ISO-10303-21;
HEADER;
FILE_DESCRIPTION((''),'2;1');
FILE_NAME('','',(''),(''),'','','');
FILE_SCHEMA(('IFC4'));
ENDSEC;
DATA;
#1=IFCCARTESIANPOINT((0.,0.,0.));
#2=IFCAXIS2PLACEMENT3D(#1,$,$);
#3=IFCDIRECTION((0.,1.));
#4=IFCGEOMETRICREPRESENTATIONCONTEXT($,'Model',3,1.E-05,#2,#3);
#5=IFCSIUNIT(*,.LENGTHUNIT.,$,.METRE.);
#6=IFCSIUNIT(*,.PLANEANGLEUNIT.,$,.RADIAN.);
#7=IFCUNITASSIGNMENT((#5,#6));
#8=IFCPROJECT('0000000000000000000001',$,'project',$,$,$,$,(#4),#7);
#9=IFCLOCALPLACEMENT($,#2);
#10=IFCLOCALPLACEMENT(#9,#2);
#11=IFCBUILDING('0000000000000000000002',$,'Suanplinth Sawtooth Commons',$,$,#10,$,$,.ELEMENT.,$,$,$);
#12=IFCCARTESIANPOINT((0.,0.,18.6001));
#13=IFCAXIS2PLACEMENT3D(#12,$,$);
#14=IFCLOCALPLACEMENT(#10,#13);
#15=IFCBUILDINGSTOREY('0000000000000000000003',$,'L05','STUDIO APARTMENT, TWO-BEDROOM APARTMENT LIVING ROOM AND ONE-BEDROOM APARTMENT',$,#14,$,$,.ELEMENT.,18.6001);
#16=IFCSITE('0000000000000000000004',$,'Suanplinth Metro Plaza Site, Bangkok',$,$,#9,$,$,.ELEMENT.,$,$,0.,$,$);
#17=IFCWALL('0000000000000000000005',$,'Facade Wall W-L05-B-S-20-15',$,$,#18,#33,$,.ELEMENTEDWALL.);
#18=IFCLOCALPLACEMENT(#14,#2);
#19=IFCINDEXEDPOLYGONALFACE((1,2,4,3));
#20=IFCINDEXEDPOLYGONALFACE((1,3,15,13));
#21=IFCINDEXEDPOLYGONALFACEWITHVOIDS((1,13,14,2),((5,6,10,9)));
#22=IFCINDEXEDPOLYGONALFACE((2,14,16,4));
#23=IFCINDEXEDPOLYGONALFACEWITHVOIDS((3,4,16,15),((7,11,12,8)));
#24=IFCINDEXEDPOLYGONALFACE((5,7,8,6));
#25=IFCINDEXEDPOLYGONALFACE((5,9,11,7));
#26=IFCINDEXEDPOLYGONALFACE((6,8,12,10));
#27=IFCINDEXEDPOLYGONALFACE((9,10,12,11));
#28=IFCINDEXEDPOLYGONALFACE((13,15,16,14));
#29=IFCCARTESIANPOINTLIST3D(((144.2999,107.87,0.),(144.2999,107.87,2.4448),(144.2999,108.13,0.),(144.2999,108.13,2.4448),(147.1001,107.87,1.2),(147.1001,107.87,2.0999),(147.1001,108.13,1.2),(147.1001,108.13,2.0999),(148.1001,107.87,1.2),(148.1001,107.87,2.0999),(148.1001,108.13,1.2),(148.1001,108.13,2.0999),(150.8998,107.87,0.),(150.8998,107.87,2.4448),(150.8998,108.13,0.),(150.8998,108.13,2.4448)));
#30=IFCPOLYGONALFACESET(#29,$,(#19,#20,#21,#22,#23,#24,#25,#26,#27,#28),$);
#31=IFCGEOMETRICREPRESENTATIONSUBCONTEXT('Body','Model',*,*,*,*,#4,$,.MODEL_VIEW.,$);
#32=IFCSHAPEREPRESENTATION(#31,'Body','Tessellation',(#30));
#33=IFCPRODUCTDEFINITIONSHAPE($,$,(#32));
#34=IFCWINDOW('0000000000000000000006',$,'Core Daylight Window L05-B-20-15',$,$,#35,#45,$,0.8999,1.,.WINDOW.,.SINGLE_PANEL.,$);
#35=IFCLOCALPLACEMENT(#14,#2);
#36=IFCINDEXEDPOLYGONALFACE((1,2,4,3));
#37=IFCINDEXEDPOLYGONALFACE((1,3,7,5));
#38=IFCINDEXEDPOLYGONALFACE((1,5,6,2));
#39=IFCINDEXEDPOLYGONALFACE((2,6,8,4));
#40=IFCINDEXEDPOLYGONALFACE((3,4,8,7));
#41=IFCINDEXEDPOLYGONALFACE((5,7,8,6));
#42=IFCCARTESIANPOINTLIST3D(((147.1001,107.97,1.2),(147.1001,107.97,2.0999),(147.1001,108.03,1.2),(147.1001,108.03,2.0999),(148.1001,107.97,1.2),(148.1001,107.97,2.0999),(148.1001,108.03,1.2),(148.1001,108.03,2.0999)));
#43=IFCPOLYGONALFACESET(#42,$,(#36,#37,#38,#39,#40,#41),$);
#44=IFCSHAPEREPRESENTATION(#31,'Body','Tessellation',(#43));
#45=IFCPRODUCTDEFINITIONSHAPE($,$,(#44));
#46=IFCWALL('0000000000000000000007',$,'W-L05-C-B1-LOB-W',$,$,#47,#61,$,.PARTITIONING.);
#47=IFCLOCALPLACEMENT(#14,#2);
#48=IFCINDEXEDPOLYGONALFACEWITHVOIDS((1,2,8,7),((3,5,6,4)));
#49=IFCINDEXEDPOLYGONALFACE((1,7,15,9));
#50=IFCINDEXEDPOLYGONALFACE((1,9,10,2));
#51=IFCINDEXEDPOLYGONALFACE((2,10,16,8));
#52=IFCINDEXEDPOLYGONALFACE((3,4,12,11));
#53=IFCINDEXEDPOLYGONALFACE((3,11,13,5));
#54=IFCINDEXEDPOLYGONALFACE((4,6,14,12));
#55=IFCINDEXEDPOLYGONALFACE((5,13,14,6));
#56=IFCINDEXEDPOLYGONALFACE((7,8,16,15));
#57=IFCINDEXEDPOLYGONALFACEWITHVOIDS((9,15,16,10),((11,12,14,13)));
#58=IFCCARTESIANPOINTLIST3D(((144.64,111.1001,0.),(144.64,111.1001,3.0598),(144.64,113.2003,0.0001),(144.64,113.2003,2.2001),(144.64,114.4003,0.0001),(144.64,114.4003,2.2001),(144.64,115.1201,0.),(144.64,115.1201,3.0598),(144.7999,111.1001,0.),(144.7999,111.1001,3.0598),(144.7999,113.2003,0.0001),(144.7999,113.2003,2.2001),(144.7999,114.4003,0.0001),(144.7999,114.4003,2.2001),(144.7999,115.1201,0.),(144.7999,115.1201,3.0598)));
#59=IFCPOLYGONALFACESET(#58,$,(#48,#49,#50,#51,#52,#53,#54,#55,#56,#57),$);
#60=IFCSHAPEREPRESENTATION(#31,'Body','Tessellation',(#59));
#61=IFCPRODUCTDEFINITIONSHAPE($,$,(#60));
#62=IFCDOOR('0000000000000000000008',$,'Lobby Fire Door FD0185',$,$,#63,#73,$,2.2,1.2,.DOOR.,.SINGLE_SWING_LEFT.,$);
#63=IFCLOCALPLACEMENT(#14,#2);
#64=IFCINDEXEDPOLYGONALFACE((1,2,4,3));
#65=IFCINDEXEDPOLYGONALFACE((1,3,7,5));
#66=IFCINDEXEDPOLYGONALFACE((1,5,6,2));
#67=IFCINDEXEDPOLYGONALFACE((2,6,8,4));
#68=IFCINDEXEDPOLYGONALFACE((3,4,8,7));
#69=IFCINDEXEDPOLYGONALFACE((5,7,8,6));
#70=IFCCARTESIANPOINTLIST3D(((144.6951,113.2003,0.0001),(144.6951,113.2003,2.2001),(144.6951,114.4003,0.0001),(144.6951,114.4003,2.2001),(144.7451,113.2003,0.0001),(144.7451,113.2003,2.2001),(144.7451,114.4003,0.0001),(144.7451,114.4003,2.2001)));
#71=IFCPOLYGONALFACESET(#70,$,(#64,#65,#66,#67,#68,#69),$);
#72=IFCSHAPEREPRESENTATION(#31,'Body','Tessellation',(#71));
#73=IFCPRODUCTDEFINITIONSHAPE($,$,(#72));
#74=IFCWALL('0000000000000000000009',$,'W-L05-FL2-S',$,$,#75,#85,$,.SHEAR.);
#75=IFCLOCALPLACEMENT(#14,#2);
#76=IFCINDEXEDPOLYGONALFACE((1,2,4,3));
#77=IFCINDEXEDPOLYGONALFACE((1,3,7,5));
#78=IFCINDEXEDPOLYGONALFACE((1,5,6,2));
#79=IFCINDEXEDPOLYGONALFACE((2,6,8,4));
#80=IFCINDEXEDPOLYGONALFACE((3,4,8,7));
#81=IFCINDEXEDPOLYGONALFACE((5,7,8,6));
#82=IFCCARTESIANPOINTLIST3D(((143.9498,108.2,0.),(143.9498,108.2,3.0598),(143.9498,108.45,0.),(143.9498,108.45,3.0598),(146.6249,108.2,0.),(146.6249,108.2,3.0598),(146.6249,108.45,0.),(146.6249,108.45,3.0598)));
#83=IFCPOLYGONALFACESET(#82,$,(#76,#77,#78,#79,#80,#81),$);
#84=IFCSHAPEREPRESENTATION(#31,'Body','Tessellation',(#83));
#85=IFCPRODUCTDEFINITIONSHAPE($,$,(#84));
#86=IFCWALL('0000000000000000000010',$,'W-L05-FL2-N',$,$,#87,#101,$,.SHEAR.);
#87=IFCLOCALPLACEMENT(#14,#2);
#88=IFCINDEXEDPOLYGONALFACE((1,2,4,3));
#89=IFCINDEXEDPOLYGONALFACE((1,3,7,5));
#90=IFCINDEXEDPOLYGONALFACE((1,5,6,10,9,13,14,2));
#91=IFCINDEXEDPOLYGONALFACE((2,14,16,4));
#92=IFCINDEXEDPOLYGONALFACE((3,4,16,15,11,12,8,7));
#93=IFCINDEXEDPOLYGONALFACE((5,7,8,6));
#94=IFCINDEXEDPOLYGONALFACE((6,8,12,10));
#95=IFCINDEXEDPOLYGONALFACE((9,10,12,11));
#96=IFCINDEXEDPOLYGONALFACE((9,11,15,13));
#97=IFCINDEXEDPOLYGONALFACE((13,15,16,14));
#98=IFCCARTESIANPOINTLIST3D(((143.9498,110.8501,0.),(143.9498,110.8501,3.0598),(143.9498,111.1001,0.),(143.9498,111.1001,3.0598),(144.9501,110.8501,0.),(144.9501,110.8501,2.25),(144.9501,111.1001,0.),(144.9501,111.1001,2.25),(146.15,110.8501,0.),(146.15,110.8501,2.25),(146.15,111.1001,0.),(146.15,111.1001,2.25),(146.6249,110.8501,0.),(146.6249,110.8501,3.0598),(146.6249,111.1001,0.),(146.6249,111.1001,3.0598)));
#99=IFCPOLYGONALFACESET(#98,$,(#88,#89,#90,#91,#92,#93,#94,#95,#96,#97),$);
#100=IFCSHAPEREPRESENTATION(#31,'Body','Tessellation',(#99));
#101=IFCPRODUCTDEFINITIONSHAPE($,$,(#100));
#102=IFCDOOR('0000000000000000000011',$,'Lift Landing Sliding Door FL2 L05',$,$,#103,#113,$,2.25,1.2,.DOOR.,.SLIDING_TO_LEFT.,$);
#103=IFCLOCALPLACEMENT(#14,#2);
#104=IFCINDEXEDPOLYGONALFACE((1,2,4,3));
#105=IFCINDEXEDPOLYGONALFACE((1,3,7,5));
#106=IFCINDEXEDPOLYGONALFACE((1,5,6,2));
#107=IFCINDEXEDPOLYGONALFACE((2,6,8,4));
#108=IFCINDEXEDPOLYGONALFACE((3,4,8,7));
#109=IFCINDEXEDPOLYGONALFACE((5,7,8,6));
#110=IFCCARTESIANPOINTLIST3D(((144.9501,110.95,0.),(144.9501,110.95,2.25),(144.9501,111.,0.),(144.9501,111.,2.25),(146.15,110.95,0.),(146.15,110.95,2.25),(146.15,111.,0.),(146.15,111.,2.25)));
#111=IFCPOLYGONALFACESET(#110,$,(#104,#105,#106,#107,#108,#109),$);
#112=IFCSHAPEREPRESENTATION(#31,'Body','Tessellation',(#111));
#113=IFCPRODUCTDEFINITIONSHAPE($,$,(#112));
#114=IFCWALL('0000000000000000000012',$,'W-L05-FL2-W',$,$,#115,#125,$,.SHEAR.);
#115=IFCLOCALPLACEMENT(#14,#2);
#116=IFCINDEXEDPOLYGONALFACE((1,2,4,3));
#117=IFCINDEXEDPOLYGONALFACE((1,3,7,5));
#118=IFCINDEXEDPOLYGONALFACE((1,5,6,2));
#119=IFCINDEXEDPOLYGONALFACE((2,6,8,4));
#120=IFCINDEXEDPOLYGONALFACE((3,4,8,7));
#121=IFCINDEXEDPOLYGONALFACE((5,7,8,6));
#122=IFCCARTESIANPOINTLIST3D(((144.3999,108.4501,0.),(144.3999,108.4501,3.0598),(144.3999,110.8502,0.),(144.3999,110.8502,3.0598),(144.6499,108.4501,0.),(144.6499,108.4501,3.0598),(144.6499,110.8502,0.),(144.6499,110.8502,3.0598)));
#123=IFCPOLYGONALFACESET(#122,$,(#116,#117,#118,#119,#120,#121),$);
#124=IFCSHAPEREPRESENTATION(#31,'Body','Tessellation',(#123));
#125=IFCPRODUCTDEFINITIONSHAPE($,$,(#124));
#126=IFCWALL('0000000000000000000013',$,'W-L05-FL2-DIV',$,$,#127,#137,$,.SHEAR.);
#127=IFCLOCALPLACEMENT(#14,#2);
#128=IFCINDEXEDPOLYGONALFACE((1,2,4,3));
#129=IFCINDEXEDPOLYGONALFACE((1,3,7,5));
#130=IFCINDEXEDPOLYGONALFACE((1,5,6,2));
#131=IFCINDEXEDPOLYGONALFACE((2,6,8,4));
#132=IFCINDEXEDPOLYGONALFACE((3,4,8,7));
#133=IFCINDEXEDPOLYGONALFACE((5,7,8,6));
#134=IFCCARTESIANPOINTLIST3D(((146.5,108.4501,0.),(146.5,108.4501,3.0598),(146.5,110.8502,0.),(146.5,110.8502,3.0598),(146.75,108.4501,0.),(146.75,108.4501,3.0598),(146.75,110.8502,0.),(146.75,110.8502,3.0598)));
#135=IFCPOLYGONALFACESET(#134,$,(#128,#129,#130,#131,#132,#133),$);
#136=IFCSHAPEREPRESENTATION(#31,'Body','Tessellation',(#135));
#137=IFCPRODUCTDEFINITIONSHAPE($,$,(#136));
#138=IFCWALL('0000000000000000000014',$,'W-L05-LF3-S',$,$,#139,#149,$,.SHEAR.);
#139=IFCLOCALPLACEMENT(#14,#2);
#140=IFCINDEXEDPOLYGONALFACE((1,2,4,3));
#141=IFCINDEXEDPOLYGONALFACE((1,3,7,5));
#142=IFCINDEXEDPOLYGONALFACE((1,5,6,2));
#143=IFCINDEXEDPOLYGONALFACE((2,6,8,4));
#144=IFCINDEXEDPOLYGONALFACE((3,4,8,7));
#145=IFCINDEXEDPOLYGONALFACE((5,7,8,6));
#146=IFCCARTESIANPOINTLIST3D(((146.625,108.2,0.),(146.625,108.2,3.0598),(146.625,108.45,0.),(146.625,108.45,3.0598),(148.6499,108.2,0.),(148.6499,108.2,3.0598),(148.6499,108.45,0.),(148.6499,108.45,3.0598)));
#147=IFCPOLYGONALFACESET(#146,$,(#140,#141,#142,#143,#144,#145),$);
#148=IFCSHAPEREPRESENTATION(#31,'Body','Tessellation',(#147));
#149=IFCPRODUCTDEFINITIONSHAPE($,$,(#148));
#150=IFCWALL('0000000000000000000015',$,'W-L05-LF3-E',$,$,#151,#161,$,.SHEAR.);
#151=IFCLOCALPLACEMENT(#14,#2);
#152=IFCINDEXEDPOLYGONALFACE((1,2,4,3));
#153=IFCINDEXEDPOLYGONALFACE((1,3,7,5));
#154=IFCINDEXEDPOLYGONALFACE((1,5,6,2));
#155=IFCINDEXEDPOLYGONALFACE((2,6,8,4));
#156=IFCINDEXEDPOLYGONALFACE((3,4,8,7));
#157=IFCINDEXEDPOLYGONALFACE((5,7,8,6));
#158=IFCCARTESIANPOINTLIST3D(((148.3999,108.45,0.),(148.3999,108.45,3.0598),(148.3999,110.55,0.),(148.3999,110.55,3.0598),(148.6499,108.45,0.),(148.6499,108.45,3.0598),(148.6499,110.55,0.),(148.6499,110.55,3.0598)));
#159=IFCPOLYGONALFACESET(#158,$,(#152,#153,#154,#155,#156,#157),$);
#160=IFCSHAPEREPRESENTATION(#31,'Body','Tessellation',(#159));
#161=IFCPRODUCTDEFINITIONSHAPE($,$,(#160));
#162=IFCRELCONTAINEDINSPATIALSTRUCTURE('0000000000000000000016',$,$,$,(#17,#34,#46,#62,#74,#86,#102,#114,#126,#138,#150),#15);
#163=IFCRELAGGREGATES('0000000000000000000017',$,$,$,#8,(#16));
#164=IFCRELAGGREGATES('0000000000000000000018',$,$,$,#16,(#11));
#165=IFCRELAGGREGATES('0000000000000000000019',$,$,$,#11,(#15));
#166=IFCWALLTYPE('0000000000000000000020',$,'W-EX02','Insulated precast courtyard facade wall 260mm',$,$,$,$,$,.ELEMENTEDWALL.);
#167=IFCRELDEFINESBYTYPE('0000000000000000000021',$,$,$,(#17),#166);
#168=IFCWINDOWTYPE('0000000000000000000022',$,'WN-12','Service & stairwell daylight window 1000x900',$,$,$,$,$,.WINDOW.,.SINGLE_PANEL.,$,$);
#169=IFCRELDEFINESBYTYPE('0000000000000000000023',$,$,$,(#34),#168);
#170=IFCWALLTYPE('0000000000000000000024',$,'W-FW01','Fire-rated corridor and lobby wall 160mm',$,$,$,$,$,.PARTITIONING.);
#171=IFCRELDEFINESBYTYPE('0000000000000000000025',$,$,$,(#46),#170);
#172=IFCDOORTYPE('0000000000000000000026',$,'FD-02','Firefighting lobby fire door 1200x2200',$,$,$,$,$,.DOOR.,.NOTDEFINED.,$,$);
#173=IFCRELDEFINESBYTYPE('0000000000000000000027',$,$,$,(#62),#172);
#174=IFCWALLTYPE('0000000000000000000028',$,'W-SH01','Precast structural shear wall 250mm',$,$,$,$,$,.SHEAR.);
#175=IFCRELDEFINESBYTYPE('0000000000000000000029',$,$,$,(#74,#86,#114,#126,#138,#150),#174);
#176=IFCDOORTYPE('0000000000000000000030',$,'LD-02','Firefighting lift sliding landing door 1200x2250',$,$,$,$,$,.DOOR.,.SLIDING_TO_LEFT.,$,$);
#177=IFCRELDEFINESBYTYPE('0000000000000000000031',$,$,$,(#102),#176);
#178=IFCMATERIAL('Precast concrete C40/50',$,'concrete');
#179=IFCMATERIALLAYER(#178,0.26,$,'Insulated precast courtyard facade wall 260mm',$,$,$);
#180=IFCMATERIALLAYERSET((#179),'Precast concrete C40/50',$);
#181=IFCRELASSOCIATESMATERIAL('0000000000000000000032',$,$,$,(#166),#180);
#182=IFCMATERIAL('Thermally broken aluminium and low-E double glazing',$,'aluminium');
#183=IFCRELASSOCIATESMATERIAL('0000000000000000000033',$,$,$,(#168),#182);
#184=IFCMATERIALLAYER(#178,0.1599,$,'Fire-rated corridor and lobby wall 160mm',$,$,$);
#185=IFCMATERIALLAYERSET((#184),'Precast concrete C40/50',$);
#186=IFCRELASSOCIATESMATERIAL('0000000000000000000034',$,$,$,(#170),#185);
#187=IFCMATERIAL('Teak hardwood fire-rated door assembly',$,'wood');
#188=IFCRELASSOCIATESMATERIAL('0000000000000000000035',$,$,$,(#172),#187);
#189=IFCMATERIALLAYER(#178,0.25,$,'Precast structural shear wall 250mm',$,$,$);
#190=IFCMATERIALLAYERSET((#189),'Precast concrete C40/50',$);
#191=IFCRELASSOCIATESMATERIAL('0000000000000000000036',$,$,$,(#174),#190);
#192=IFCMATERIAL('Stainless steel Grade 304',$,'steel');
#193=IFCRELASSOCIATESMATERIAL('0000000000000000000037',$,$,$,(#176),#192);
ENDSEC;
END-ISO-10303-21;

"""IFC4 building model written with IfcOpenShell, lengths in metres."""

from ifc_helpers import new_model, si_unit, direction, frame, frame_2d, origin, place, context, subcontext, project, spatial, rectangle, extrude, material, layer, layer_set, type_object, element, fill, save


model = new_model("IFC4")

# Units and contexts
model_context = context("Model", 3, precision=1e-05, world=origin(), true_north=direction((0.0, 1.0)))
body_context = subcontext(model_context, "Body", "Model", "MODEL_VIEW")
ifc_project = project(units=[si_unit("LENGTHUNIT", "METRE"), si_unit("PLANEANGLEUNIT", "RADIAN")], contexts=[model_context])

# Site, building, storey
site_placement = place(None, origin())
site = spatial("IfcSite", under=ifc_project, at=site_placement, Name="Suanplinth Metro Plaza Site, Bangkok", CompositionType="ELEMENT", RefElevation=0.0)
building_placement = place(site_placement, origin())
building = spatial("IfcBuilding", under=site, at=building_placement, Name="Suanplinth Sawtooth Commons", CompositionType="ELEMENT")
storey_placement = place(building_placement, frame((0.0, 0.0, 18.6001)))
storey = spatial("IfcBuildingStorey", under=building, at=storey_placement, Name="L05", Description="STUDIO APARTMENT, TWO-BEDROOM APARTMENT LIVING ROOM AND ONE-BEDROOM APARTMENT", CompositionType="ELEMENT", Elevation=18.6001)

# Shared definitions
ifc_material_1 = material(Name="Precast concrete C40/50", Category="concrete")

# Wall, opening, window
ifc_layer_1 = layer(ifc_material_1, 0.26, Name="Insulated precast courtyard facade wall 260mm")
ifc_layer_set_1 = layer_set([ifc_layer_1], Name="Precast concrete C40/50")
wall_type_1 = type_object("IfcWallType", Name="W-EX02", Description="Insulated precast courtyard facade wall 260mm", PredefinedType="ELEMENTEDWALL", material=ifc_layer_set_1)
wall_1_placement = place(storey_placement, frame((144.3, 108.0, 0.0), z_axis=(0.0, 0.0, 1.0), x_axis=(1.0, 0.0, 0.0)))
wall_1 = element("IfcWall", 1, at=wall_1_placement, inside=storey, type_object=wall_type_1, Name="Facade Wall W-L05-B-S-20-15", PredefinedType="ELEMENTEDWALL", context=body_context, shape_type="SweptSolid", body=[
    extrude(rectangle(XDim=6.5999, YDim=0.26, at=frame_2d((3.2998, 0.0))), origin(), (0.0, 0.0, 1.0), 2.4448),
])
opening_1_placement = place(wall_1_placement, frame((2.8, 0.0, 1.2)))
opening_1 = element("IfcOpeningElement", 2, at=opening_1_placement, cuts=wall_1, PredefinedType="OPENING", context=body_context, shape_type="SweptSolid", body=[
    extrude(rectangle(XDim=1.0, YDim=0.8999, at=frame_2d((0.5, 0.45))), frame((0.0, 0.145, 0.0), z_axis=(0.0, -1.0, 0.0), x_axis=(1.0, 0.0, 0.0)), (0.0, 0.0, 1.0), 0.2898),
])
ifc_material_2 = material(Name="Thermally broken aluminium and low-E double glazing", Category="aluminium")
window_type = type_object("IfcWindowType", Name="WN-12", Description="Service & stairwell daylight window 1000x900", PartitioningType="SINGLE_PANEL", PredefinedType="WINDOW", material=ifc_material_2)
window_placement = place(opening_1_placement, origin())
window = element("IfcWindow", 3, at=window_placement, inside=storey, type_object=window_type, Name="Core Daylight Window L05-B-20-15", OverallHeight=0.8999, OverallWidth=1.0, PartitioningType="SINGLE_PANEL", PredefinedType="WINDOW", context=body_context, shape_type="SweptSolid", body=[
    extrude(rectangle(XDim=1.0, YDim=0.8999, at=frame_2d((0.5, 0.45))), frame((0.0, 0.03, 0.0), z_axis=(0.0, -1.0, 0.0), x_axis=(1.0, 0.0, 0.0)), (0.0, 0.0, 1.0), 0.0601),
])
fill(opening_1, window)

# Wall, opening, door
ifc_layer_2 = layer(ifc_material_1, 0.1599, Name="Fire-rated corridor and lobby wall 160mm")
ifc_layer_set_2 = layer_set([ifc_layer_2], Name="Precast concrete C40/50")
wall_type_2 = type_object("IfcWallType", Name="W-FW01", Description="Fire-rated corridor and lobby wall 160mm", PredefinedType="PARTITIONING", material=ifc_layer_set_2)
wall_2_placement = place(storey_placement, frame((144.72, 111.1001, 0.0), z_axis=(0.0, 0.0, 1.0), x_axis=(0.0, 1.0, 0.0)))
wall_2 = element("IfcWall", 4, at=wall_2_placement, inside=storey, type_object=wall_type_2, Name="W-L05-C-B1-LOB-W", PredefinedType="PARTITIONING", context=body_context, shape_type="SweptSolid", body=[
    extrude(rectangle(XDim=4.02, YDim=0.1599, at=frame_2d((2.01, 0.0))), origin(), (0.0, 0.0, 1.0), 3.0598),
])
opening_2_placement = place(wall_2_placement, frame((2.1001, 0.0, 0.0)))
opening_2 = element("IfcOpeningElement", 5, at=opening_2_placement, cuts=wall_2, PredefinedType="OPENING", context=body_context, shape_type="SweptSolid", body=[
    extrude(rectangle(XDim=1.2, YDim=2.2, at=frame_2d((0.6001, 1.1001))), frame((0.0, 0.0947, 0.0), z_axis=(0.0, -1.0, 0.0), x_axis=(1.0, 0.0, 0.0)), (0.0, 0.0, 1.0), 0.1897),
])
ifc_material_3 = material(Name="Teak hardwood fire-rated door assembly", Category="wood")
door_type_1 = type_object("IfcDoorType", Name="FD-02", Description="Firefighting lobby fire door 1200x2200", OperationType="NOTDEFINED", PredefinedType="DOOR", material=ifc_material_3)
door_1_placement = place(opening_2_placement, origin())
door_1 = element("IfcDoor", 6, at=door_1_placement, inside=storey, type_object=door_type_1, Name="Lobby Fire Door FD0185", OperationType="SINGLE_SWING_LEFT", OverallHeight=2.2, OverallWidth=1.2, PredefinedType="DOOR", context=body_context, shape_type="SweptSolid", body=[
    extrude(rectangle(XDim=1.2, YDim=2.2, at=frame_2d((0.6001, 1.1001))), frame((0.0, 0.0249, 0.0), z_axis=(0.0, -1.0, 0.0), x_axis=(1.0, 0.0, 0.0)), (0.0, 0.0, 1.0), 0.05),
])
fill(opening_2, door_1)

# Wall
ifc_layer_3 = layer(ifc_material_1, 0.25, Name="Precast structural shear wall 250mm")
ifc_layer_set_3 = layer_set([ifc_layer_3], Name="Precast concrete C40/50")
wall_type_3 = type_object("IfcWallType", Name="W-SH01", Description="Precast structural shear wall 250mm", PredefinedType="SHEAR", material=ifc_layer_set_3)
wall_3_placement = place(storey_placement, frame((143.95, 108.325, 0.0), z_axis=(0.0, 0.0, 1.0), x_axis=(1.0, 0.0, 0.0)))
element("IfcWall", 7, at=wall_3_placement, inside=storey, type_object=wall_type_3, Name="W-L05-FL2-S", PredefinedType="SHEAR", context=body_context, shape_type="SweptSolid", body=[
    extrude(rectangle(XDim=2.675, YDim=0.25, at=frame_2d((1.3374, 0.0))), origin(), (0.0, 0.0, 1.0), 3.0598),
])

# Wall, opening, door
wall_4_placement = place(storey_placement, frame((143.95, 110.9751, 0.0), z_axis=(0.0, 0.0, 1.0), x_axis=(1.0, 0.0, 0.0)))
wall_4 = element("IfcWall", 8, at=wall_4_placement, inside=storey, type_object=wall_type_3, Name="W-L05-FL2-N", PredefinedType="SHEAR", context=body_context, shape_type="SweptSolid", body=[
    extrude(rectangle(XDim=2.675, YDim=0.25, at=frame_2d((1.3374, 0.0))), origin(), (0.0, 0.0, 1.0), 3.0598),
])
opening_3_placement = place(wall_4_placement, frame((1.0, 0.0, 0.0)))
opening_3 = element("IfcOpeningElement", 9, at=opening_3_placement, cuts=wall_4, PredefinedType="OPENING", context=body_context, shape_type="SweptSolid", body=[
    extrude(rectangle(XDim=1.2, YDim=2.25, at=frame_2d((0.6001, 1.125))), frame((0.0, 0.1399, 0.0), z_axis=(0.0, -1.0, 0.0), x_axis=(1.0, 0.0, 0.0)), (0.0, 0.0, 1.0), 0.2798),
])
ifc_material_4 = material(Name="Stainless steel Grade 304", Category="steel")
door_type_2 = type_object("IfcDoorType", Name="LD-02", Description="Firefighting lift sliding landing door 1200x2250", OperationType="SLIDING_TO_LEFT", PredefinedType="DOOR", material=ifc_material_4)
door_2_placement = place(opening_3_placement, origin())
door_2 = element("IfcDoor", 10, at=door_2_placement, inside=storey, type_object=door_type_2, Name="Lift Landing Sliding Door FL2 L05", OperationType="SLIDING_TO_LEFT", OverallHeight=2.25, OverallWidth=1.2, PredefinedType="DOOR", context=body_context, shape_type="SweptSolid", body=[
    extrude(rectangle(XDim=1.2, YDim=2.25, at=frame_2d((0.6001, 1.125))), frame((0.0, 0.0249, 0.0), z_axis=(0.0, -1.0, 0.0), x_axis=(1.0, 0.0, 0.0)), (0.0, 0.0, 1.0), 0.05),
])
fill(opening_3, door_2)

# Walls
for number, where, z_axis, x_axis, name in (
    (11, (144.5249, 108.45, 0.0), (0.0, 0.0, 1.0), (0.0, 1.0, 0.0), "W-L05-FL2-W"),
    (12, (146.625, 108.45, 0.0), (0.0, 0.0, 1.0), (0.0, 1.0, 0.0), "W-L05-FL2-DIV"),
):
    element("IfcWall", number, at=place(storey_placement, frame(where, z_axis=z_axis, x_axis=x_axis)), inside=storey, type_object=wall_type_3, Name=name, PredefinedType="SHEAR", context=body_context, shape_type="SweptSolid", body=[
        extrude(rectangle(XDim=2.4001, YDim=0.25, at=frame_2d((1.2002, 0.0))), origin(), (0.0, 0.0, 1.0), 3.0598),
    ])
wall_5_placement = place(storey_placement, frame((146.625, 108.325, 0.0), z_axis=(0.0, 0.0, 1.0), x_axis=(1.0, 0.0, 0.0)))
element("IfcWall", 13, at=wall_5_placement, inside=storey, type_object=wall_type_3, Name="W-L05-LF3-S", PredefinedType="SHEAR", context=body_context, shape_type="SweptSolid", body=[
    extrude(rectangle(XDim=2.0249, YDim=0.25, at=frame_2d((1.0125, 0.0))), origin(), (0.0, 0.0, 1.0), 3.0598),
])

# Wall
wall_6_placement = place(storey_placement, frame((148.5249, 108.45, 0.0), z_axis=(0.0, 0.0, 1.0), x_axis=(0.0, 1.0, 0.0)))
element("IfcWall", 14, at=wall_6_placement, inside=storey, type_object=wall_type_3, Name="W-L05-LF3-E", PredefinedType="SHEAR", context=body_context, shape_type="SweptSolid", body=[
    extrude(rectangle(XDim=2.1001, YDim=0.25, at=frame_2d((1.05, 0.0))), origin(), (0.0, 0.0, 1.0), 3.0598),
])

save(model, "model.ifc")
